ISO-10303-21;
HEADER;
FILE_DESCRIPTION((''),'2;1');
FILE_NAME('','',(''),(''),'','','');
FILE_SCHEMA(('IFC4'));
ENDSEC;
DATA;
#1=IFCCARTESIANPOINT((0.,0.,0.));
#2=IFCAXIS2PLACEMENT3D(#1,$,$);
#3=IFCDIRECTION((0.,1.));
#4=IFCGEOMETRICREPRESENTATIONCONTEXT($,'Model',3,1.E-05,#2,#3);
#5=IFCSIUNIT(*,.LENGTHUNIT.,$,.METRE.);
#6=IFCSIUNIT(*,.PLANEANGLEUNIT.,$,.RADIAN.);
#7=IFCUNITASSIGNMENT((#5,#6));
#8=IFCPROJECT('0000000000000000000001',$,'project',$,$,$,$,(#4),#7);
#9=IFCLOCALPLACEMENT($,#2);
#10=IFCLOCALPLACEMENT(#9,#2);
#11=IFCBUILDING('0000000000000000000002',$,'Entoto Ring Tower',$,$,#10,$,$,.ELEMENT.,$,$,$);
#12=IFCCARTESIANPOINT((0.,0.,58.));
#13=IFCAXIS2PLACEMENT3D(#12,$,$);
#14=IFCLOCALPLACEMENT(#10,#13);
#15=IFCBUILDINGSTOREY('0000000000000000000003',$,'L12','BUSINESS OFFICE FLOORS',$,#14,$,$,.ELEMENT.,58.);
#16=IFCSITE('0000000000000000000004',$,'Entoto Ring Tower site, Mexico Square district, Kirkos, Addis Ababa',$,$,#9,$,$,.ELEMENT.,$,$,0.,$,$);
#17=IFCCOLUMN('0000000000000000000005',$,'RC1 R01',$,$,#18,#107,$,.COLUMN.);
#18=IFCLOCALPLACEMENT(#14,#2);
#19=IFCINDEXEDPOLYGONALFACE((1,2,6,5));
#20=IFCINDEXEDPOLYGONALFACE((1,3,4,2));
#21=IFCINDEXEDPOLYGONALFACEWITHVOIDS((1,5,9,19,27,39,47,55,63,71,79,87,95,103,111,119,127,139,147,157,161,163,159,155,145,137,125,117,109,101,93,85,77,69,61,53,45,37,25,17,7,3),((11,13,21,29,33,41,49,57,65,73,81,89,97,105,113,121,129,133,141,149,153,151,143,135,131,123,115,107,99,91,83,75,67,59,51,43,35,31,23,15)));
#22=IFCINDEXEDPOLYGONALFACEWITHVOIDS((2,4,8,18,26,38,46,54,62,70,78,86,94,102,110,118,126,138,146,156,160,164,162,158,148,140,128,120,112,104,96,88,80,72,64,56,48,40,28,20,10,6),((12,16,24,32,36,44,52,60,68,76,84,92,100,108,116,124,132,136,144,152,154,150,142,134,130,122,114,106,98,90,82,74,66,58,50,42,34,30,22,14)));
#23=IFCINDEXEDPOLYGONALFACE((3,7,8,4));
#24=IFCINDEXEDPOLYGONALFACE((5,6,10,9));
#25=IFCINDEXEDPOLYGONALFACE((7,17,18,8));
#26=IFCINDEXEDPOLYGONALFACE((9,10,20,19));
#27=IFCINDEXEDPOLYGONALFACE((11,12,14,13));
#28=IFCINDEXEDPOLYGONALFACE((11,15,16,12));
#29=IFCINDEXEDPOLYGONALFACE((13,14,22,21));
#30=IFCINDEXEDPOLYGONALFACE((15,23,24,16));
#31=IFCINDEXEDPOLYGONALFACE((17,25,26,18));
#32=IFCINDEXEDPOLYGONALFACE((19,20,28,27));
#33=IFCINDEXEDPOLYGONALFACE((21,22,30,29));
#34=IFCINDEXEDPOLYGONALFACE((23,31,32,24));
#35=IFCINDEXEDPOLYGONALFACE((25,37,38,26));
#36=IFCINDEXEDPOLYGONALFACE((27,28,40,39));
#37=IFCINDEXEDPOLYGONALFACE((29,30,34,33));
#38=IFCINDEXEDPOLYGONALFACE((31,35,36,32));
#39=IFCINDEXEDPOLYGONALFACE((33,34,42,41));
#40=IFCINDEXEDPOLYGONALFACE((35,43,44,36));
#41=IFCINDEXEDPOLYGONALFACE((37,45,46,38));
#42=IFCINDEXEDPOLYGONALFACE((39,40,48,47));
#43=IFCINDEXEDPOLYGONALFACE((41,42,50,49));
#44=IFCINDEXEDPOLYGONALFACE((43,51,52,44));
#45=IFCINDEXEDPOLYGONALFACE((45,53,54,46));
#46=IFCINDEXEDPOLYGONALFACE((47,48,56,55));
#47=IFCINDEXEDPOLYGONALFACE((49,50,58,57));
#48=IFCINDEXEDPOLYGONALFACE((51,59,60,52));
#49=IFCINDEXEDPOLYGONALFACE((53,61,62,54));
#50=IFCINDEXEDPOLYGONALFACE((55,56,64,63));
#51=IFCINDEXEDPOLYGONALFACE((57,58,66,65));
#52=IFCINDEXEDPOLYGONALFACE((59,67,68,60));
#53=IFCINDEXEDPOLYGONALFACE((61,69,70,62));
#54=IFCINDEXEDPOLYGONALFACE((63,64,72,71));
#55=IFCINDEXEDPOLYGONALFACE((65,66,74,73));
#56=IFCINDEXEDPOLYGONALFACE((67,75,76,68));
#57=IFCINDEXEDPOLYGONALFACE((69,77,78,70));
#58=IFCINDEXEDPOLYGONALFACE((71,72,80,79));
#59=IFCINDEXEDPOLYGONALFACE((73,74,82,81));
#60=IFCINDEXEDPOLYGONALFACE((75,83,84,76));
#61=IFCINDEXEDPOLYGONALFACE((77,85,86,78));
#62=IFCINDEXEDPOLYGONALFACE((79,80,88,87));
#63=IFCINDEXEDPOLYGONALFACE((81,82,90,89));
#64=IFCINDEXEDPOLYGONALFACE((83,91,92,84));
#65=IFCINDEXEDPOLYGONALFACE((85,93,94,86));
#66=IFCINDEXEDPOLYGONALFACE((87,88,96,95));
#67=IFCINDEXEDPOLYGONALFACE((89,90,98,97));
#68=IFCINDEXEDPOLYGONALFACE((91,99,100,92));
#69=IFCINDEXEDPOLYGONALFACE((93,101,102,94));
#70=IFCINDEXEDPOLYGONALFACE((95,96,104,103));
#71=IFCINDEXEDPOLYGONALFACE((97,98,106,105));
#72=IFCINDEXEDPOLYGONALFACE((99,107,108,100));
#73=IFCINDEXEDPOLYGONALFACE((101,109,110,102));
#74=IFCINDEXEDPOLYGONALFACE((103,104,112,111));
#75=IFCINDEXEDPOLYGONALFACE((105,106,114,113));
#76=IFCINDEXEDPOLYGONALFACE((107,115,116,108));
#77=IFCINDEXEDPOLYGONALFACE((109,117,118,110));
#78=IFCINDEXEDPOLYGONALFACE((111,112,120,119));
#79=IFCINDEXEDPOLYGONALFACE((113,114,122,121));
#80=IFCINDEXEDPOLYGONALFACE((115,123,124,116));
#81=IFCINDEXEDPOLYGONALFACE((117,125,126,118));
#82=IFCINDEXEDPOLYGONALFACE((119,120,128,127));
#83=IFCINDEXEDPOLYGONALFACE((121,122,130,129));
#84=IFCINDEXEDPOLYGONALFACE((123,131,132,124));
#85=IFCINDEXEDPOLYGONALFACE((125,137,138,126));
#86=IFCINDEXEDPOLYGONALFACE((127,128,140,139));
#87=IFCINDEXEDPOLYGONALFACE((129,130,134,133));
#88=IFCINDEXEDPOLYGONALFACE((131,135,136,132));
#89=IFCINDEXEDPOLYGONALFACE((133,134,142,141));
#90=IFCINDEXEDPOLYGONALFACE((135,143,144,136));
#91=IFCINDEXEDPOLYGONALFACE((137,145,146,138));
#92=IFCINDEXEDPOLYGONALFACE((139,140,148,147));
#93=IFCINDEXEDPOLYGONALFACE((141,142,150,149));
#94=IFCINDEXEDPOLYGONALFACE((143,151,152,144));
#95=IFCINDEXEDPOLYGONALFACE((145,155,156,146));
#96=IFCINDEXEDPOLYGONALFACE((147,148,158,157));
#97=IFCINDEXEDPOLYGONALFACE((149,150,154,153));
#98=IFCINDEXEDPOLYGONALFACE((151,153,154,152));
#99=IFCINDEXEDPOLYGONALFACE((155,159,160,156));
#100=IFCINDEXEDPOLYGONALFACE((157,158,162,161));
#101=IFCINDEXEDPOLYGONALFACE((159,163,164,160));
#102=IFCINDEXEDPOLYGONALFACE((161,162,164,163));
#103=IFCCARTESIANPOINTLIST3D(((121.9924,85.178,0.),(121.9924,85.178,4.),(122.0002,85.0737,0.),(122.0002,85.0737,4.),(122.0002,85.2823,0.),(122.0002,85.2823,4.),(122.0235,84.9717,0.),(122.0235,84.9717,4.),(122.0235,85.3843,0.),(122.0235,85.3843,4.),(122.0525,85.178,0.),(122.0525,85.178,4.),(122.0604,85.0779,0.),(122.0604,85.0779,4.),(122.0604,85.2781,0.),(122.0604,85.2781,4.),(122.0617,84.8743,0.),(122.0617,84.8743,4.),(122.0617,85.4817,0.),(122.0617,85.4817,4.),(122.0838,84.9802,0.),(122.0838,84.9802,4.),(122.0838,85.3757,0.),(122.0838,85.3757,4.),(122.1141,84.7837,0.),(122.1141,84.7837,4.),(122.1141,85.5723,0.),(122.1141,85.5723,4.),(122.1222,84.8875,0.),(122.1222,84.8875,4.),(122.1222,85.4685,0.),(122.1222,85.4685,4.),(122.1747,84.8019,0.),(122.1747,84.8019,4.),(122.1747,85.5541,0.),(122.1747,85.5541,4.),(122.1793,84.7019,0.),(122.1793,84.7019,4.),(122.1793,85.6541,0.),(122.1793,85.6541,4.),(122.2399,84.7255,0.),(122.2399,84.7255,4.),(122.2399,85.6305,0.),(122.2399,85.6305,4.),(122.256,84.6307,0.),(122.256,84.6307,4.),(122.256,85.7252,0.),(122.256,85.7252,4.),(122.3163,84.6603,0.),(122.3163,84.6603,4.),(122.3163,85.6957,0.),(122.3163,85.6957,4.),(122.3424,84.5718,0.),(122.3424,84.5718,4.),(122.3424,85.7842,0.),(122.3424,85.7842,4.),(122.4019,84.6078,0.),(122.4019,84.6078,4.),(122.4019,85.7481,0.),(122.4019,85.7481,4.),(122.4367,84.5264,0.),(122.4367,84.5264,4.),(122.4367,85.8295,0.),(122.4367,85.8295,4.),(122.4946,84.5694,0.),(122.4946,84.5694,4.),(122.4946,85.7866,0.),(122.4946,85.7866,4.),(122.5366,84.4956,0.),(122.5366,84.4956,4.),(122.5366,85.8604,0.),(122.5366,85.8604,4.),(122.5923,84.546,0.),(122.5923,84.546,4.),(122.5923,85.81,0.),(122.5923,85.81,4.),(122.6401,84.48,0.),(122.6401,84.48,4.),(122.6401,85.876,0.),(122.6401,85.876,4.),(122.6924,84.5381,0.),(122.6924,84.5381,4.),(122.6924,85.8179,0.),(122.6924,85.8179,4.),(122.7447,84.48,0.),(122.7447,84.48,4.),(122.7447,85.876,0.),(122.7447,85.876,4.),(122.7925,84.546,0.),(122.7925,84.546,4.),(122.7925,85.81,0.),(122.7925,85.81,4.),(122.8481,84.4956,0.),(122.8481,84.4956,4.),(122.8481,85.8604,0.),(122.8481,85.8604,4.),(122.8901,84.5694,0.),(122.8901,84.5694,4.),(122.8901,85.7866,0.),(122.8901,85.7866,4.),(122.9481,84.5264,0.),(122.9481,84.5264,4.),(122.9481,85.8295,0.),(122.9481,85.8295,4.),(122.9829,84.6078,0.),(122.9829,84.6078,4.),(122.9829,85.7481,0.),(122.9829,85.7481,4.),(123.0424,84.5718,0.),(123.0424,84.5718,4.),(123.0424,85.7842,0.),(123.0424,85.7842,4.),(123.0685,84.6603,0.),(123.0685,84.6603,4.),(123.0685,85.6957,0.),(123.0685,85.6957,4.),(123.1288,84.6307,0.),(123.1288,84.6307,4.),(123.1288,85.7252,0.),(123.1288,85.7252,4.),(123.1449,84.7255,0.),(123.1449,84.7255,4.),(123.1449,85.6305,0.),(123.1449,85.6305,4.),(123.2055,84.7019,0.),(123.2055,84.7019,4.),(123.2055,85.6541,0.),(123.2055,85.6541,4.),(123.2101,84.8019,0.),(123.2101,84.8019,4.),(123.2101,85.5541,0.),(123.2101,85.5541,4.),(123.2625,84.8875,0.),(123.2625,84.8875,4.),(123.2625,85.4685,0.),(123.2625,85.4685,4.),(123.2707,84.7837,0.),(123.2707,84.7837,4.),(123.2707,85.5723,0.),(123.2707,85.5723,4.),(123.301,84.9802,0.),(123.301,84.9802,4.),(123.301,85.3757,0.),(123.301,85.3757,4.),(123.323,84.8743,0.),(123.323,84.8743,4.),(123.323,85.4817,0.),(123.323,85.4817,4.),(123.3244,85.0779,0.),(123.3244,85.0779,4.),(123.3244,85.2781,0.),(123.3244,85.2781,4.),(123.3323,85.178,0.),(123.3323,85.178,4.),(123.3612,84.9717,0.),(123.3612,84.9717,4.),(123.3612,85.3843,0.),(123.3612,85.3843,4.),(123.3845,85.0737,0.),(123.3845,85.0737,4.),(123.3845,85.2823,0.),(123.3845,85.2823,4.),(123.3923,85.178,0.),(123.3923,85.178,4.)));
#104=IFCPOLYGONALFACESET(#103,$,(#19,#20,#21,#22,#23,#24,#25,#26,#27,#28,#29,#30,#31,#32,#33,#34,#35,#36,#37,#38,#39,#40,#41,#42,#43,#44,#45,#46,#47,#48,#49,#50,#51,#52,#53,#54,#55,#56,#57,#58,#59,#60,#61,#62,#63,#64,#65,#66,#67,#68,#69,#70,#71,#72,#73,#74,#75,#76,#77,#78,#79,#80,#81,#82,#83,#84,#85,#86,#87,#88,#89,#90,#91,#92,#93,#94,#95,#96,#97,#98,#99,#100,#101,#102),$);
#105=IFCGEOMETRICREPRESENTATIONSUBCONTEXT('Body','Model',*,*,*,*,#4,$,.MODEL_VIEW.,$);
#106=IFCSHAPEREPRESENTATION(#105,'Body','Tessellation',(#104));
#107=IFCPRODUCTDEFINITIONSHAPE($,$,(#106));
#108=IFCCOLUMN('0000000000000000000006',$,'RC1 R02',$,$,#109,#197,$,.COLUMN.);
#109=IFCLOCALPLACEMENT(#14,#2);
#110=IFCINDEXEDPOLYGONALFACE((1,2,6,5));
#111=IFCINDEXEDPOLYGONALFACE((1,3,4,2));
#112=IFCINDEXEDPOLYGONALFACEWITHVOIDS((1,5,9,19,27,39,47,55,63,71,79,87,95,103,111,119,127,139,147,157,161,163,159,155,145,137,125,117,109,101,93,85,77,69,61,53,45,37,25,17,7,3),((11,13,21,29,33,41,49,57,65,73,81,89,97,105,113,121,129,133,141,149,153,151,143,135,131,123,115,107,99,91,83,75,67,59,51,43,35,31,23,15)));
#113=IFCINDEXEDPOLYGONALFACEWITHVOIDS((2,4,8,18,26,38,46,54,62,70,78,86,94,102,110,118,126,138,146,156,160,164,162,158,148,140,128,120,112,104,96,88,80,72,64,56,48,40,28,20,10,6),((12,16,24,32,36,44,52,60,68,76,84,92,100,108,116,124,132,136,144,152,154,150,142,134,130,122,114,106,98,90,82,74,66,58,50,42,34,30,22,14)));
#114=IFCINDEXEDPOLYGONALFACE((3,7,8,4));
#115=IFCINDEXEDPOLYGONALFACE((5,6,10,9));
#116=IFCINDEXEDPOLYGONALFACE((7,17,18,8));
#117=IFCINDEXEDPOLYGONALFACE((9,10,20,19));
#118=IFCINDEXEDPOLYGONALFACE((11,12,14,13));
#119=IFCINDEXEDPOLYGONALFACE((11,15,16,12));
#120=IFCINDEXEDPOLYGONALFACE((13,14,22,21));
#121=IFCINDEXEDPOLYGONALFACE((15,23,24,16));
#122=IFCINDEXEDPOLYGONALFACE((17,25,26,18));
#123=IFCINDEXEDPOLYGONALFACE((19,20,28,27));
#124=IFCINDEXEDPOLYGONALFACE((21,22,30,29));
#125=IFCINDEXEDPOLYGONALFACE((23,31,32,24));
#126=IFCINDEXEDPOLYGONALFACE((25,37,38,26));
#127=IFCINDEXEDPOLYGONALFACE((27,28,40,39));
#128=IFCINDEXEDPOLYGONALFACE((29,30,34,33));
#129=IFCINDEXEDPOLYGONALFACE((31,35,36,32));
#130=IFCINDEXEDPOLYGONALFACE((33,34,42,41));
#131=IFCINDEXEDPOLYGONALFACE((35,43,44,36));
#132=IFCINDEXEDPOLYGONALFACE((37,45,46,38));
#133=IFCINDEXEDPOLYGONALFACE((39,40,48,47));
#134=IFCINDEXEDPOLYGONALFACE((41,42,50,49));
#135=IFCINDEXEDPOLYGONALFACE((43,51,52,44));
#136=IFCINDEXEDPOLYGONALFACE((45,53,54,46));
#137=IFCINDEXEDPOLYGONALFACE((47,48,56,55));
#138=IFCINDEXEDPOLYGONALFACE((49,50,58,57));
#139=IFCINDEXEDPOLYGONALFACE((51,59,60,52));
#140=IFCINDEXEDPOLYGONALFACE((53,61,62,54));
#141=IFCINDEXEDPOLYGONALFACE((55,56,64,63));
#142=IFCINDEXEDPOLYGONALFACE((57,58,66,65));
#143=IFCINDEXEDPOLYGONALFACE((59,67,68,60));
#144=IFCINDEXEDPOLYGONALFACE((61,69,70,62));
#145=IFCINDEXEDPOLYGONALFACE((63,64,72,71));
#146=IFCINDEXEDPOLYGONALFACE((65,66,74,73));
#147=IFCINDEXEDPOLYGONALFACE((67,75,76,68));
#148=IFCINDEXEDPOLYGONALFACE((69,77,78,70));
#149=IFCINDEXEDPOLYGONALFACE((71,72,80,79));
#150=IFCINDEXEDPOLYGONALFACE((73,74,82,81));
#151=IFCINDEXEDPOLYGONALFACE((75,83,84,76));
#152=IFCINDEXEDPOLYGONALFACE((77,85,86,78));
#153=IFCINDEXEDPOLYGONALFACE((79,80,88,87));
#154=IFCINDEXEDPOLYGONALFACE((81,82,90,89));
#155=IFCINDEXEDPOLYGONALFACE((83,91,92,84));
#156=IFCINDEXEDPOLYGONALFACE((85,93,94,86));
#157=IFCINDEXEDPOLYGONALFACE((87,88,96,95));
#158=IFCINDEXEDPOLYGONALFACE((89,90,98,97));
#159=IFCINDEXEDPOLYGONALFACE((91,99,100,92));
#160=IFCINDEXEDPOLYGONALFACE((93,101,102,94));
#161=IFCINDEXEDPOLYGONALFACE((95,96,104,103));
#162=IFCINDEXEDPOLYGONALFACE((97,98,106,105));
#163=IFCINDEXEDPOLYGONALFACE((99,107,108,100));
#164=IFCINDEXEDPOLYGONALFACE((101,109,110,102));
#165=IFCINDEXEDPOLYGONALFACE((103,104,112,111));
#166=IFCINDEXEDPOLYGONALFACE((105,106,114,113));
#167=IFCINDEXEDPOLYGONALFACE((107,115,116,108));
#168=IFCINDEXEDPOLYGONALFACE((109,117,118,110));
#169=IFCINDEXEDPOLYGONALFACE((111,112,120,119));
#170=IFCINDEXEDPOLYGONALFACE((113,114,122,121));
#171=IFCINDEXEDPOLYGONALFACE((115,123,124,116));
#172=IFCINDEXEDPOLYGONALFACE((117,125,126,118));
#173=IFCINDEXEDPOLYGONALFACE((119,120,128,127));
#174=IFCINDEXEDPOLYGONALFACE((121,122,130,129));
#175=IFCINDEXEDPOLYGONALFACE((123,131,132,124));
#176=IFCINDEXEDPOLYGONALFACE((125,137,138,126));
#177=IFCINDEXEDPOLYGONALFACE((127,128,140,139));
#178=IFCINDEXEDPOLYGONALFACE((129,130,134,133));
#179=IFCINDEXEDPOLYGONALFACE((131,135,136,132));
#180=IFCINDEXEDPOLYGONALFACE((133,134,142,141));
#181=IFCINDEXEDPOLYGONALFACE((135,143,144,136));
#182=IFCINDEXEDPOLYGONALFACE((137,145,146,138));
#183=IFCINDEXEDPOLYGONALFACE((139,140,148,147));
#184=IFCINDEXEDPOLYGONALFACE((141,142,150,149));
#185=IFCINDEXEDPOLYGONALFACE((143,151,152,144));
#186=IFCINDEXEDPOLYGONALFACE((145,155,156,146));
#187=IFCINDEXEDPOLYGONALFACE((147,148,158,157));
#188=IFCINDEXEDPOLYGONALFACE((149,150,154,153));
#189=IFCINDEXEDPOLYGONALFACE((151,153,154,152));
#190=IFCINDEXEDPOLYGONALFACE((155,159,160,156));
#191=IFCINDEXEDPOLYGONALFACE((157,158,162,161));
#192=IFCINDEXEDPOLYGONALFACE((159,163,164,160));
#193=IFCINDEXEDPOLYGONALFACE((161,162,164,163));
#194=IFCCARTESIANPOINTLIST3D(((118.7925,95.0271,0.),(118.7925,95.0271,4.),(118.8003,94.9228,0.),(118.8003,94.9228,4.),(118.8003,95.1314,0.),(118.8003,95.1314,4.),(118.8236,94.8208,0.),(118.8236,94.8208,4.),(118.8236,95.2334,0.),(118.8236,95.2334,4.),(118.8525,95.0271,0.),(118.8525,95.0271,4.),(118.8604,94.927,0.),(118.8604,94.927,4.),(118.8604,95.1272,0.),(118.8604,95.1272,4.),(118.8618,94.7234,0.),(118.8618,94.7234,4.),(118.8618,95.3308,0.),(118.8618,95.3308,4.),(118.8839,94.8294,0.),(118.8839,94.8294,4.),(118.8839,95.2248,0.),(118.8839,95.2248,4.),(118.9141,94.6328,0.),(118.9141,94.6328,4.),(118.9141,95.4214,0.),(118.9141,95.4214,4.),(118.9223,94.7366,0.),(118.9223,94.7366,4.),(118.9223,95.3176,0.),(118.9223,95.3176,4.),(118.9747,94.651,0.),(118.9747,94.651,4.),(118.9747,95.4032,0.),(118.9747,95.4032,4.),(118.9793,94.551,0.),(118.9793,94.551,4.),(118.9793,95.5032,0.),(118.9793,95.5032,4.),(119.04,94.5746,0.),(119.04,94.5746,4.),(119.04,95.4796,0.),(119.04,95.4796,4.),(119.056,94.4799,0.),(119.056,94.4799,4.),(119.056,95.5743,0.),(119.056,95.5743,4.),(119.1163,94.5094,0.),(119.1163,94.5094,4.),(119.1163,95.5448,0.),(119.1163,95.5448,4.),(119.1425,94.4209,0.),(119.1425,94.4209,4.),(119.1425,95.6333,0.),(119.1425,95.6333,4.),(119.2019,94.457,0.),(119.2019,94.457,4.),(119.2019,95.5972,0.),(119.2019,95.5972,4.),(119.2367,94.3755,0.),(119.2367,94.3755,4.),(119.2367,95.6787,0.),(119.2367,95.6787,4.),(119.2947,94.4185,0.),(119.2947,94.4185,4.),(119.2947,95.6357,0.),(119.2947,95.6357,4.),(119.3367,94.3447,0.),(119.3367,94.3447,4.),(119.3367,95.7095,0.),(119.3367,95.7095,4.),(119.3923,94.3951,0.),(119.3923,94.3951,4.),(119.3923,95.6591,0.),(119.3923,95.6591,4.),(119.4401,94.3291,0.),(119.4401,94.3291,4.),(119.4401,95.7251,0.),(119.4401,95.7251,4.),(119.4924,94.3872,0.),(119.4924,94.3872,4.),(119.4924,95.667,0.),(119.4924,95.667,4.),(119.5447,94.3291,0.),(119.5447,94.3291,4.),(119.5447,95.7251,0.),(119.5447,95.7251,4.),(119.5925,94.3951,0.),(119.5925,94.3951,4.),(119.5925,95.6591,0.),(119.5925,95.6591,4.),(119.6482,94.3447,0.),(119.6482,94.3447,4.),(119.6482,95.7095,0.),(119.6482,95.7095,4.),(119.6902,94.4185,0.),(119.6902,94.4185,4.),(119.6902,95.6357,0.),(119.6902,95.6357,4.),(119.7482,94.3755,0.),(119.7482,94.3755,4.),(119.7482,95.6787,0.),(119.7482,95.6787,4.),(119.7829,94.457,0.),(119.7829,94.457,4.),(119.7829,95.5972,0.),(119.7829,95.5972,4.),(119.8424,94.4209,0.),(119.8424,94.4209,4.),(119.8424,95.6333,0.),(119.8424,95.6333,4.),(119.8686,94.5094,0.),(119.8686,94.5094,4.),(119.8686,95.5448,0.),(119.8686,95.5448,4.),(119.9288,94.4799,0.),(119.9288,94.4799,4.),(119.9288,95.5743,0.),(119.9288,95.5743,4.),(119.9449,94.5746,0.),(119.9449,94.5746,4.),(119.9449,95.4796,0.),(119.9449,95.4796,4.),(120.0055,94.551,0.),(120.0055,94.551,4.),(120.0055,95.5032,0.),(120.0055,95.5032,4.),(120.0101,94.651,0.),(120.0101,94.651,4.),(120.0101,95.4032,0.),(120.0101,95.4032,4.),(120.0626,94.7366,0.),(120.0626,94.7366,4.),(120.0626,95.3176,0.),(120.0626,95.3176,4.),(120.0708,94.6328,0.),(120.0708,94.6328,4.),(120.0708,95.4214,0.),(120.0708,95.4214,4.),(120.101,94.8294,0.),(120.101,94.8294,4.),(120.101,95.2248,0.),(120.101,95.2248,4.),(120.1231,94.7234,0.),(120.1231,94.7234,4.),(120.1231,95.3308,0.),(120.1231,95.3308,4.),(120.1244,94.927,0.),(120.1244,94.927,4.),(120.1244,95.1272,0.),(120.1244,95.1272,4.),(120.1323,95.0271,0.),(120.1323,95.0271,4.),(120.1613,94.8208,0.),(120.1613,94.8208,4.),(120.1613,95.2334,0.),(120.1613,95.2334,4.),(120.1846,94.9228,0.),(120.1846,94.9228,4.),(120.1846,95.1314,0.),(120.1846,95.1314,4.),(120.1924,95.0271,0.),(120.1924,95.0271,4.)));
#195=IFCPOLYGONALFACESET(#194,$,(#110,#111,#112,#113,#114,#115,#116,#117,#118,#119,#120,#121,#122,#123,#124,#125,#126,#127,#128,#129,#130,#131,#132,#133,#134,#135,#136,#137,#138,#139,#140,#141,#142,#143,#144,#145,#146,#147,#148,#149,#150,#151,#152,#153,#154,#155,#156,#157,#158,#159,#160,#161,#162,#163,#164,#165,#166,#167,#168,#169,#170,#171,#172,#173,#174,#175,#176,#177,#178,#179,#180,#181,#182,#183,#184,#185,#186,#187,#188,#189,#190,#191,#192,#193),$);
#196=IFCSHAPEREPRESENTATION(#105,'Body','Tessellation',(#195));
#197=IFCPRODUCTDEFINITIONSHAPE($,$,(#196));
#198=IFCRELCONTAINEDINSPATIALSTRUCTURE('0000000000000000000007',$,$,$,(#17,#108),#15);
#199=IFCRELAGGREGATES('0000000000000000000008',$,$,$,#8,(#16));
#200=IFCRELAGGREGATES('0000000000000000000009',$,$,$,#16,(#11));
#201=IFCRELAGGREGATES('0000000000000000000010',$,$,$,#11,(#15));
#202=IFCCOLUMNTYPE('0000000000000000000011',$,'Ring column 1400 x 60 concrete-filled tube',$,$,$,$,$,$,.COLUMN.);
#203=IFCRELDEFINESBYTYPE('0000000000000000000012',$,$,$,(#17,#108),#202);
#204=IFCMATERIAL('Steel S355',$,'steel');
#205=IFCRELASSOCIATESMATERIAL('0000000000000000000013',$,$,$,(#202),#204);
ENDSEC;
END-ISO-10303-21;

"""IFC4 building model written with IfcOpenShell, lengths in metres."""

from ifc_helpers import new_model, si_unit, direction, frame, origin, origin_2d, place, context, subcontext, project, spatial, circle, hollow_circle, extrude, material, material_profile, profile_set, type_object, element, save


model = new_model("IFC4")

# Units and contexts
model_context = context("Model", 3, precision=1e-05, world=origin(), true_north=direction((0.0, 1.0)))
body_context = subcontext(model_context, "Body", "Model", "MODEL_VIEW")
ifc_project = project(units=[si_unit("LENGTHUNIT", "METRE"), si_unit("PLANEANGLEUNIT", "RADIAN")], contexts=[model_context])

# Site, building, storey
site_placement = place(None, origin())
site = spatial("IfcSite", under=ifc_project, at=site_placement, Name="Entoto Ring Tower site, Mexico Square district, Kirkos, Addis Ababa", CompositionType="ELEMENT", RefElevation=0.0)
building_placement = place(site_placement, origin())
building = spatial("IfcBuilding", under=site, at=building_placement, Name="Entoto Ring Tower", CompositionType="ELEMENT")
storey_placement = place(building_placement, frame((0.0, 0.0, 58.0)))
storey = spatial("IfcBuildingStorey", under=building, at=storey_placement, Name="L12", Description="BUSINESS OFFICE FLOORS", CompositionType="ELEMENT", Elevation=58.0)

# Columns
ifc_material_1 = material(Name="Steel S355", Category="steel")
ifc_material_profile_1 = material_profile(ifc_material_1, hollow_circle(Radius=0.7, WallThickness=0.0601, at=origin_2d()), Name="CHS 1400 x 60")
ifc_material_2 = material(Name="Concrete C60/75", Category="concrete")
ifc_material_profile_2 = material_profile(ifc_material_2, circle(Radius=0.6399, at=origin_2d()), Name="Concrete C60/75 infill")
ifc_profile_set_1 = profile_set([ifc_material_profile_1, ifc_material_profile_2], Name="Steel S355")
column_type = type_object("IfcColumnType", Name="Ring column 1400 x 60 concrete-filled tube", PredefinedType="COLUMN", material=ifc_profile_set_1)
for number, where, z_axis, x_axis, name in (
    (1, (122.6924, 85.178, 0.0), (0.0, 0.0, 1.0), (1.0, 0.0, 0.0), "RC1 R01"),
    (2, (119.4924, 95.0271, 0.0), (0.0, 0.0, 1.0), (1.0, 0.0, 0.0), "RC1 R02"),
):
    element("IfcColumn", number, at=place(storey_placement, frame(where, z_axis=z_axis, x_axis=x_axis)), inside=storey, type_object=column_type, Name=name, PredefinedType="COLUMN", context=body_context, shape_type="SweptSolid", body=[
        extrude(hollow_circle(Radius=0.7, WallThickness=0.0601, at=origin_2d()), origin(), (0.0, 0.0, 1.0), 4.0),
    ])

save(model, "model.ifc")
